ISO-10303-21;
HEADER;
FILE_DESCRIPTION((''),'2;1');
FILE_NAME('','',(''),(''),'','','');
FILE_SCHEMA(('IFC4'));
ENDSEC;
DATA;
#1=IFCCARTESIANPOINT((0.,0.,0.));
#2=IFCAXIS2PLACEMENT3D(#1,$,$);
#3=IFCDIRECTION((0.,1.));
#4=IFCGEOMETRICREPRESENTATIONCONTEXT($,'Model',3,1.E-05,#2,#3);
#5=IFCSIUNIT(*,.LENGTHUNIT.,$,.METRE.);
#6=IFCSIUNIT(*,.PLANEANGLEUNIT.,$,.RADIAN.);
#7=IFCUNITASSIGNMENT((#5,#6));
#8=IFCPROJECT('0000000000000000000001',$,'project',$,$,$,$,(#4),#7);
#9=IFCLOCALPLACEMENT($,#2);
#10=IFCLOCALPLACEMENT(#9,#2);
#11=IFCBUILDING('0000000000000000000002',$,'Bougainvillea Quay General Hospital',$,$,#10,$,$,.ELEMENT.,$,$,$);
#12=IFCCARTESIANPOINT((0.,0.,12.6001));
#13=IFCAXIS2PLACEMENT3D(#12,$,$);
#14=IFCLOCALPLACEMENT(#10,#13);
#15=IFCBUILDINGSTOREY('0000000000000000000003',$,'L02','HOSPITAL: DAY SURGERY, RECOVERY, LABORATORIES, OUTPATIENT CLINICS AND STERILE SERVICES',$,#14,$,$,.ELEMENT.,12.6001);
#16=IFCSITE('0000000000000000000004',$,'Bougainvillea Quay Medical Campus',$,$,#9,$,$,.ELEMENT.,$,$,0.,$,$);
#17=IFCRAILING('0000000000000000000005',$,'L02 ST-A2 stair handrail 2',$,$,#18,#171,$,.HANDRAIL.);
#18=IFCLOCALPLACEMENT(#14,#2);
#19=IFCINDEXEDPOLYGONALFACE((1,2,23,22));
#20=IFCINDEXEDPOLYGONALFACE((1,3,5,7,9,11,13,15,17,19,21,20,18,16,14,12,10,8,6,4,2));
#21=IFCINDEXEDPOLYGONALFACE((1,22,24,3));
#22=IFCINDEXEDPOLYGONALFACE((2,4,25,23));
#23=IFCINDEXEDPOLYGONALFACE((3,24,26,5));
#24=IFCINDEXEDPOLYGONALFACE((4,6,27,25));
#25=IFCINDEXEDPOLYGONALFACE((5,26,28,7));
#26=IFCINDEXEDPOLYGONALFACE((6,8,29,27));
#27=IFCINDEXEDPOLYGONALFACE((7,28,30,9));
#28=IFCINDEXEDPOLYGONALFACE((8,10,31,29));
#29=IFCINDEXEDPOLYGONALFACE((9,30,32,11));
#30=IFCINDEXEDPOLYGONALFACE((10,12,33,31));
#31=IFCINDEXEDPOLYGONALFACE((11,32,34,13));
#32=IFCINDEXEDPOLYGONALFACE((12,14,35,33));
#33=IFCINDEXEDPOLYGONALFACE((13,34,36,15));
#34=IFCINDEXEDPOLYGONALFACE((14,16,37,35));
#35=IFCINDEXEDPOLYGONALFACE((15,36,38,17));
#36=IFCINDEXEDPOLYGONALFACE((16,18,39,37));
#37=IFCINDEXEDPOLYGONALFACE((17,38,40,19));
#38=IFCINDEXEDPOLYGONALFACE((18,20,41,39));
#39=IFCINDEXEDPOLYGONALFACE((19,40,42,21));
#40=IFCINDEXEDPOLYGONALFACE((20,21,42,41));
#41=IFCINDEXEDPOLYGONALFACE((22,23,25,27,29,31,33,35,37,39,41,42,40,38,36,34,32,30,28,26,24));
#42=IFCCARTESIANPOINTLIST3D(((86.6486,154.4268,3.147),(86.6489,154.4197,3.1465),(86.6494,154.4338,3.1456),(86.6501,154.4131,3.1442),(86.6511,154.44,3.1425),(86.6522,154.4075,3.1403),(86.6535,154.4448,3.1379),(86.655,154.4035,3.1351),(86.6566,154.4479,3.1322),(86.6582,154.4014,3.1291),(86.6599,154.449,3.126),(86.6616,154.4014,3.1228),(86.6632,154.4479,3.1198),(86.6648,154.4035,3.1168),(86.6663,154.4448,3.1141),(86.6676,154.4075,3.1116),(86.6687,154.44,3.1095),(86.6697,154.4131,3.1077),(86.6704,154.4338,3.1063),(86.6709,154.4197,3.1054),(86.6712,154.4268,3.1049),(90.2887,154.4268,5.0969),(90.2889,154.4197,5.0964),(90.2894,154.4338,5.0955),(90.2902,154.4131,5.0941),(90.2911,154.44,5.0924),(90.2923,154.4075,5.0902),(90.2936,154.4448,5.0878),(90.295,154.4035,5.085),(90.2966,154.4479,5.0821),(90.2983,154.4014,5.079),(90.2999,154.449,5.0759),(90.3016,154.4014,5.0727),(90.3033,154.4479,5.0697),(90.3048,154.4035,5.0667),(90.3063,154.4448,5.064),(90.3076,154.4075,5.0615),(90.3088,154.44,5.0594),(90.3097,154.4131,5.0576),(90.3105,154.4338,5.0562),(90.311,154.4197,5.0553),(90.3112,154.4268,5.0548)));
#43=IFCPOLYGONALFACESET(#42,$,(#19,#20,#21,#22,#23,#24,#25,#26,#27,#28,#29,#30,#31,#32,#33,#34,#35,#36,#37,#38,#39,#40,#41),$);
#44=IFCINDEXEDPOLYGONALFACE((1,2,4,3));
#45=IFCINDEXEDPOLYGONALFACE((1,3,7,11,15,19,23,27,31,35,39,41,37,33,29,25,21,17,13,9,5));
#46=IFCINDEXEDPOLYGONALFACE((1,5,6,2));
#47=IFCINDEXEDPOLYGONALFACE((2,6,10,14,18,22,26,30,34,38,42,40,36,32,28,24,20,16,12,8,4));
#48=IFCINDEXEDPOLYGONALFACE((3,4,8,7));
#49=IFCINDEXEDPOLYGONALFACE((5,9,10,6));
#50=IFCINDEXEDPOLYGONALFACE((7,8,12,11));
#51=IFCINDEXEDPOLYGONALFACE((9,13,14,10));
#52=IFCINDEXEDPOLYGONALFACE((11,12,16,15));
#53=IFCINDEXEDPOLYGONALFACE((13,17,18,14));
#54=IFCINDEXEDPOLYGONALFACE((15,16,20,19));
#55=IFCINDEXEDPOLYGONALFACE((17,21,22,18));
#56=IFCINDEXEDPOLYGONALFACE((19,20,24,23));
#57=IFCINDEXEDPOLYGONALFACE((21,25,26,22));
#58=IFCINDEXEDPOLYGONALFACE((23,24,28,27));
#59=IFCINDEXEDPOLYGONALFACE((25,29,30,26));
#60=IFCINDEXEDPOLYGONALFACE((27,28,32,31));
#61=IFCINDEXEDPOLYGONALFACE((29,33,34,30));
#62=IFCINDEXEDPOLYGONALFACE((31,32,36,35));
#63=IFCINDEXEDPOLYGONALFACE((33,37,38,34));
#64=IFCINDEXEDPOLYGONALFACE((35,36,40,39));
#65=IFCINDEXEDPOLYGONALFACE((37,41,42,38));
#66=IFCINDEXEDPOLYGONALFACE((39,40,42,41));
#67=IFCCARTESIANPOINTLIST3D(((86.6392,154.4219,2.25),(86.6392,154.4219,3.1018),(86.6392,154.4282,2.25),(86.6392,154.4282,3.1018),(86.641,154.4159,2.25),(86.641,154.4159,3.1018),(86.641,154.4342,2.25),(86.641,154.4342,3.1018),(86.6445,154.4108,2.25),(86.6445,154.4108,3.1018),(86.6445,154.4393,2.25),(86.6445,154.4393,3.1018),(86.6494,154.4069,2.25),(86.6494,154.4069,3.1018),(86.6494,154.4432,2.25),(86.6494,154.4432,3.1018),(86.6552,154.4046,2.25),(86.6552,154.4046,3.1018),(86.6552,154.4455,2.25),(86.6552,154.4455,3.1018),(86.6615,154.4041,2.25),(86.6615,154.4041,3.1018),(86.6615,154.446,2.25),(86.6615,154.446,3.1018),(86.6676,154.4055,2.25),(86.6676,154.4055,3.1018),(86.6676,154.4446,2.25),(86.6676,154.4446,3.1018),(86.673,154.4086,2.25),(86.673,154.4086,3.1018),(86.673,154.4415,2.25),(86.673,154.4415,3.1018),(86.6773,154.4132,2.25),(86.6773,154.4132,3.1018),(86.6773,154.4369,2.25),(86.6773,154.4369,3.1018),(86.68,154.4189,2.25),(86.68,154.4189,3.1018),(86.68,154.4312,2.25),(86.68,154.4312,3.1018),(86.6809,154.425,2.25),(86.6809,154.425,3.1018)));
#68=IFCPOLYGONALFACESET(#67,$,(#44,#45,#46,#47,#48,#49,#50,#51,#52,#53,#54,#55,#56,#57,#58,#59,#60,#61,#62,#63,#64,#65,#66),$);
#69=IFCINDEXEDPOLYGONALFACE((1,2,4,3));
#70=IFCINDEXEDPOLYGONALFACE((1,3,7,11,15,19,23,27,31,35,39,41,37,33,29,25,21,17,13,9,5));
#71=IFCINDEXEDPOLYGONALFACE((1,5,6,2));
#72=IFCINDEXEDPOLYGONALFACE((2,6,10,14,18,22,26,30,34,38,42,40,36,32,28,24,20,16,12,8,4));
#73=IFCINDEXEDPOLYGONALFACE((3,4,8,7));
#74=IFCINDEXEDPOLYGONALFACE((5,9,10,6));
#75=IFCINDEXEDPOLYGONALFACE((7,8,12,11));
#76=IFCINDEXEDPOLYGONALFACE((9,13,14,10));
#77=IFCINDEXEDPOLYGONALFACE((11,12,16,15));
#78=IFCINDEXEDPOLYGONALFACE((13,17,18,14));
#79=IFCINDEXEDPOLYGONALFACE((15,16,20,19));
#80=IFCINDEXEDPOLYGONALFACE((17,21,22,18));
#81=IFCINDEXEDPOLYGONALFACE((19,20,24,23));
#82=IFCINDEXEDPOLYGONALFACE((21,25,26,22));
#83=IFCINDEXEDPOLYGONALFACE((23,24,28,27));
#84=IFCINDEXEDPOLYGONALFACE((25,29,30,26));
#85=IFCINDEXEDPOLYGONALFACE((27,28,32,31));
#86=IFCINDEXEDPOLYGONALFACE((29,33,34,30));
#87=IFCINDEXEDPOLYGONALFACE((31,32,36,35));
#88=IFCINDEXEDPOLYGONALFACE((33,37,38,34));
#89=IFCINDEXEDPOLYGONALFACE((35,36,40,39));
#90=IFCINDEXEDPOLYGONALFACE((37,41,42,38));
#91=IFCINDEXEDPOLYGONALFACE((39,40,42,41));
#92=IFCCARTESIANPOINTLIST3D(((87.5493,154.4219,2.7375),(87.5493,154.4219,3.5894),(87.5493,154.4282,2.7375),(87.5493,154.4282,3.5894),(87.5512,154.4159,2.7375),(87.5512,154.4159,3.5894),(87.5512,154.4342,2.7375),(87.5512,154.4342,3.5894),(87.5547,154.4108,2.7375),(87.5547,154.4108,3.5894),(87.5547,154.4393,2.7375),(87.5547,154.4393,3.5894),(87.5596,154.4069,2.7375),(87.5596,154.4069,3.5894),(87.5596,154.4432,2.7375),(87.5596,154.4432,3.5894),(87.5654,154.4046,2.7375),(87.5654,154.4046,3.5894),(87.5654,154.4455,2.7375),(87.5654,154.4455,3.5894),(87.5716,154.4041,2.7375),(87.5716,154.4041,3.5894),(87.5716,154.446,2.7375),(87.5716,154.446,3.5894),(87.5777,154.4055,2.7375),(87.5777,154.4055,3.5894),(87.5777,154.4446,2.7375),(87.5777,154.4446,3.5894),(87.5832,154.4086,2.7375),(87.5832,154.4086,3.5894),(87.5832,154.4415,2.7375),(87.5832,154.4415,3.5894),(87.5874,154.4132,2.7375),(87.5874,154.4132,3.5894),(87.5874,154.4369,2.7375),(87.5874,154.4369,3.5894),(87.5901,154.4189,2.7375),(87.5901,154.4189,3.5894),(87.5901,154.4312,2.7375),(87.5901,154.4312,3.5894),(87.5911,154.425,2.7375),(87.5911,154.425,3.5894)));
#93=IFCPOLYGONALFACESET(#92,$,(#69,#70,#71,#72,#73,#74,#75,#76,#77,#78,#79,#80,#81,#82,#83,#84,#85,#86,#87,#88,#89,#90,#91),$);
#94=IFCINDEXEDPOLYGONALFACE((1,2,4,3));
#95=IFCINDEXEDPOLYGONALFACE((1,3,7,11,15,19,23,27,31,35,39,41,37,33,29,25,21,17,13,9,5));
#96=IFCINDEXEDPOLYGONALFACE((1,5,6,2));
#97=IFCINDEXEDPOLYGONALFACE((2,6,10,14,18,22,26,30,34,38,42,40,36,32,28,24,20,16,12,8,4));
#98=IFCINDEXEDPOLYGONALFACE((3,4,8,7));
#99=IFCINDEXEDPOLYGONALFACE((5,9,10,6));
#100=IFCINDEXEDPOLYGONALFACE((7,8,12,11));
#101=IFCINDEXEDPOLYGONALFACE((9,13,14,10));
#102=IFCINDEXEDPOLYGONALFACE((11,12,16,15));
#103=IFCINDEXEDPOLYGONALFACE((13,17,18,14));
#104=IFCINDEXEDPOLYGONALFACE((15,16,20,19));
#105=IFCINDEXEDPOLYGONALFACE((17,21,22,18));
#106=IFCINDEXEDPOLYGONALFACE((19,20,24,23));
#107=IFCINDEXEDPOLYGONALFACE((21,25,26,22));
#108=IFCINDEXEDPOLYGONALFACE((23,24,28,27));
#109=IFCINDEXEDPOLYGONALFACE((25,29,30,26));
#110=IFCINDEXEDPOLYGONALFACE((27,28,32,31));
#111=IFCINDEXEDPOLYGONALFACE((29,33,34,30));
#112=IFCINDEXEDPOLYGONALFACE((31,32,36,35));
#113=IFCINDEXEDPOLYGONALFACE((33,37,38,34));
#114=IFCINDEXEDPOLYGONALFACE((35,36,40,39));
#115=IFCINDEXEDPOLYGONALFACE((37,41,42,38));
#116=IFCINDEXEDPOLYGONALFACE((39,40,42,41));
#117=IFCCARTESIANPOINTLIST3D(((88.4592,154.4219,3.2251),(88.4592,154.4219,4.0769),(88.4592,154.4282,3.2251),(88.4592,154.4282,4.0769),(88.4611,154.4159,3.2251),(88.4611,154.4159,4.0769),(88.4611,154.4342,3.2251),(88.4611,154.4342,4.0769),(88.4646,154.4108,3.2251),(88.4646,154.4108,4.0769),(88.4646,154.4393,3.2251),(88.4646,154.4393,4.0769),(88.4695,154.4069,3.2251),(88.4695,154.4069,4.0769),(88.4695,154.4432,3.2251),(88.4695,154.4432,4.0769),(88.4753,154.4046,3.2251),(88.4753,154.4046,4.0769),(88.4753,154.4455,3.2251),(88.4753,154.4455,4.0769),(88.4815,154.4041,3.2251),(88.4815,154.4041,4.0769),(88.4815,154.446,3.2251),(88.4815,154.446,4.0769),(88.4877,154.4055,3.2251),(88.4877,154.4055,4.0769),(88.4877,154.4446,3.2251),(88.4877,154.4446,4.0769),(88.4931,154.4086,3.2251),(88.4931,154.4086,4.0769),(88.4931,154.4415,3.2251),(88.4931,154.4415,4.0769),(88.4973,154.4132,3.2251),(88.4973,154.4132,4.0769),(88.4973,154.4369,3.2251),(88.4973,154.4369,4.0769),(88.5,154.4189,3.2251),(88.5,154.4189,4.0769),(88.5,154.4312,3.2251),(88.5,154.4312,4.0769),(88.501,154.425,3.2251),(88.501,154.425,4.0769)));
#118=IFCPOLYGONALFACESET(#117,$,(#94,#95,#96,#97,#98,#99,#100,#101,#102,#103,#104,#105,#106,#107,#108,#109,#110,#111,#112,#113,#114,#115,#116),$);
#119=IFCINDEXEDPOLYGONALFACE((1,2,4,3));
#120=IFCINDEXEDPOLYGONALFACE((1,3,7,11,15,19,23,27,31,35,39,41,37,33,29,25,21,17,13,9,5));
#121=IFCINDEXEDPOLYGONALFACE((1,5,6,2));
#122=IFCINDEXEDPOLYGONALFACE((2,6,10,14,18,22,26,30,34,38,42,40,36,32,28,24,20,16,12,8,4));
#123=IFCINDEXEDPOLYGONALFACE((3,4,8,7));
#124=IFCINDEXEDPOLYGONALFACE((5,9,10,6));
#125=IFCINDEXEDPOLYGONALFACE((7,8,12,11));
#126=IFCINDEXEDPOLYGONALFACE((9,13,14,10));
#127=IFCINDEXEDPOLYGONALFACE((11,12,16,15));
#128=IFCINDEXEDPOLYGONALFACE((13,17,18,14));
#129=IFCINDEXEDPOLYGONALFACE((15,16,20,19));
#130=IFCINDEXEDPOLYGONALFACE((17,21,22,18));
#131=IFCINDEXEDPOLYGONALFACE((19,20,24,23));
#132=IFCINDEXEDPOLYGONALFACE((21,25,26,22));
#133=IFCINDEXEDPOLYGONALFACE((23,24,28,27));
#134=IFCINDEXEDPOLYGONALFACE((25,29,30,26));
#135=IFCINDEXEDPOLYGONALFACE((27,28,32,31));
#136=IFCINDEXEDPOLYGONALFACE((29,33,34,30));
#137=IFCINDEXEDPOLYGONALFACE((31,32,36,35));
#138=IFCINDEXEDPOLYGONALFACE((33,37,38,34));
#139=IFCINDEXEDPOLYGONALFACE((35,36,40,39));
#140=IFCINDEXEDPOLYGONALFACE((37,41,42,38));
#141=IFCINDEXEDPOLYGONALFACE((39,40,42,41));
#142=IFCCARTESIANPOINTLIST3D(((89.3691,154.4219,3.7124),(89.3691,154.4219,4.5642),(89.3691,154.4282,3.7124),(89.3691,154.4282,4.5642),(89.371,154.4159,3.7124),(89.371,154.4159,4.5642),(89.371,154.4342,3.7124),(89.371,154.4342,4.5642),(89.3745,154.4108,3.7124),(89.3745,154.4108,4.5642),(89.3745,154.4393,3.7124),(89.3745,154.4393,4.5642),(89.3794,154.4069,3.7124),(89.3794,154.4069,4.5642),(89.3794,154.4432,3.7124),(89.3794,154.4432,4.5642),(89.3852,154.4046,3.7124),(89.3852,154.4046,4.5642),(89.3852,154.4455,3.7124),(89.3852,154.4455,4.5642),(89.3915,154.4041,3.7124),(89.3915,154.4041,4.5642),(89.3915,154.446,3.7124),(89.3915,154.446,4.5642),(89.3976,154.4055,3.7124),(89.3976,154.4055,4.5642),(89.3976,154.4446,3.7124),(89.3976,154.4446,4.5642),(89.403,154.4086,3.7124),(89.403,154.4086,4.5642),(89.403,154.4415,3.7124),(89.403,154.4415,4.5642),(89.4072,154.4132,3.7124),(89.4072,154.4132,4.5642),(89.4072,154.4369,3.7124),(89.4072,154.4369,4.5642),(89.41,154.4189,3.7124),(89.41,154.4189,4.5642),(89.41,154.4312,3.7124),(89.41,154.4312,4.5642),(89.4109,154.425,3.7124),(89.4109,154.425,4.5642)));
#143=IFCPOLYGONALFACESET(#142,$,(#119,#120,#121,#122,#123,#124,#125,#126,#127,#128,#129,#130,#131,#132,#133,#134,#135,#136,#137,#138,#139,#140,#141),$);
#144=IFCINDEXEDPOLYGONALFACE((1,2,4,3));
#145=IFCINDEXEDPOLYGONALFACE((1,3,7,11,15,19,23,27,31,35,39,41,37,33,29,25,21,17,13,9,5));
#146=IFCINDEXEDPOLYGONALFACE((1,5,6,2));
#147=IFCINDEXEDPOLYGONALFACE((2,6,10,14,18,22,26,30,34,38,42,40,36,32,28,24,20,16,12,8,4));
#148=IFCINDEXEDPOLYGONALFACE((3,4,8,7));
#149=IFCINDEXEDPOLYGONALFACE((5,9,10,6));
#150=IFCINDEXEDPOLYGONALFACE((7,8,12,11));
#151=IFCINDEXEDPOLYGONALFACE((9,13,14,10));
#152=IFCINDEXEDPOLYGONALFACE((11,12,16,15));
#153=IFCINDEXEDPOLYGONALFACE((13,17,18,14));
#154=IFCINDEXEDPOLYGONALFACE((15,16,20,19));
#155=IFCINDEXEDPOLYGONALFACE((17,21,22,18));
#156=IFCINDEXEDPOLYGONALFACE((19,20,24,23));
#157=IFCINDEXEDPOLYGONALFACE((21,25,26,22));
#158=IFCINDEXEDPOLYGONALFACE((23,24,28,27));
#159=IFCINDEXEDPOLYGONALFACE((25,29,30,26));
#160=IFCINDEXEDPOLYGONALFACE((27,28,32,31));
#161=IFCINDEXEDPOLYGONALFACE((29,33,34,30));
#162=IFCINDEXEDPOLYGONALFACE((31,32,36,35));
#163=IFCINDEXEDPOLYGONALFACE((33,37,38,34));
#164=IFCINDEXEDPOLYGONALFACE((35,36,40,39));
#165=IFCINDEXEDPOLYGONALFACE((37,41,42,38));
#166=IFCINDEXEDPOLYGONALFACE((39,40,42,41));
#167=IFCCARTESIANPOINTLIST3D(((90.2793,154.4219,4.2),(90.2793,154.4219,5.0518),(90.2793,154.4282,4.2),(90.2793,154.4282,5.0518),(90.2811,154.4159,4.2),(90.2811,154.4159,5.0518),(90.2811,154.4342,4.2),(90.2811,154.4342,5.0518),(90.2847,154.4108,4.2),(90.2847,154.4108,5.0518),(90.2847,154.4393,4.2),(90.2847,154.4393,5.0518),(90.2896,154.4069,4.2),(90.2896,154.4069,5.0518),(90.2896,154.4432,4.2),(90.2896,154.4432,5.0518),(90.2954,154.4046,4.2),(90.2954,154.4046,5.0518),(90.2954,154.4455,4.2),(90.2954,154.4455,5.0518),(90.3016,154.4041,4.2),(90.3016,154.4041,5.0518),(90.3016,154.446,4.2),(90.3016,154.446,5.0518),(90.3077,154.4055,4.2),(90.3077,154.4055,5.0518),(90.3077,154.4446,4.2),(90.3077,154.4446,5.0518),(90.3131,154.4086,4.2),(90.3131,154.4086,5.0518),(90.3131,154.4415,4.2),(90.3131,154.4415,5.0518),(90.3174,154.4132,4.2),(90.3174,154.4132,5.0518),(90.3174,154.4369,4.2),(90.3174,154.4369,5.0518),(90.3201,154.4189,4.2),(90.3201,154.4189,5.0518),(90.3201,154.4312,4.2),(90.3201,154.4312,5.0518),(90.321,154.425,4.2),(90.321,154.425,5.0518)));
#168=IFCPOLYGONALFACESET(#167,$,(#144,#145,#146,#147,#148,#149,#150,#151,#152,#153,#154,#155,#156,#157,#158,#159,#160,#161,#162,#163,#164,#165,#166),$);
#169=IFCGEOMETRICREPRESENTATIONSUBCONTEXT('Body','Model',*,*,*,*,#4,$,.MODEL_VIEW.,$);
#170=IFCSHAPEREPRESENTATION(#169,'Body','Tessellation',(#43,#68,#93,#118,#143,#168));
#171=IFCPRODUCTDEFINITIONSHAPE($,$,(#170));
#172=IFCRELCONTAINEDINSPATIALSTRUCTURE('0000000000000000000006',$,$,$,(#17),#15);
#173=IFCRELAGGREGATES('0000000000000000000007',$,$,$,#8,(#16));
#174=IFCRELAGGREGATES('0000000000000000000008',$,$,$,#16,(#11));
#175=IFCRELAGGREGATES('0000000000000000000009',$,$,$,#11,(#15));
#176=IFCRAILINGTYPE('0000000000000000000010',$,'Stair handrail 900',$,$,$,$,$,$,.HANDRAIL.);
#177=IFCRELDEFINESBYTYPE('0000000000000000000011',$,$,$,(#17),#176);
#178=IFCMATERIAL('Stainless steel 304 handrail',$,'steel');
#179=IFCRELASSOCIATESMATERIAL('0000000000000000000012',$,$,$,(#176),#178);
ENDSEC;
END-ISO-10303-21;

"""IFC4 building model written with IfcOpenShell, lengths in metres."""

from ifc_helpers import new_model, si_unit, direction, frame, origin, origin_2d, place, context, subcontext, project, spatial, circle, extrude, material, type_object, element, save


model = new_model("IFC4")

# Units and contexts
model_context = context("Model", 3, precision=1e-05, world=origin(), true_north=direction((0.0, 1.0)))
body_context = subcontext(model_context, "Body", "Model", "MODEL_VIEW")
ifc_project = project(units=[si_unit("LENGTHUNIT", "METRE"), si_unit("PLANEANGLEUNIT", "RADIAN")], contexts=[model_context])

# Site, building, storey
site_placement = place(None, origin())
site = spatial("IfcSite", under=ifc_project, at=site_placement, Name="Bougainvillea Quay Medical Campus", CompositionType="ELEMENT", RefElevation=0.0)
building_placement = place(site_placement, origin())
building = spatial("IfcBuilding", under=site, at=building_placement, Name="Bougainvillea Quay General Hospital", CompositionType="ELEMENT")
storey_placement = place(building_placement, frame((0.0, 0.0, 12.6001)))
storey = spatial("IfcBuildingStorey", under=building, at=storey_placement, Name="L02", Description="HOSPITAL: DAY SURGERY, RECOVERY, LABORATORIES, OUTPATIENT CLINICS AND STERILE SERVICES", CompositionType="ELEMENT", Elevation=12.6001)

# Railing
ifc_material_1 = material(Name="Stainless steel 304 handrail", Category="steel")
railing_type_1 = type_object("IfcRailingType", Name="Stair handrail 900", PredefinedType="HANDRAIL", material=ifc_material_1)
railing_1_placement = place(storey_placement, frame((86.6599, 154.425, 2.25)))
element("IfcRailing", 1, at=railing_1_placement, inside=storey, type_object=railing_type_1, Name="L02 ST-A2 stair handrail 2", PredefinedType="HANDRAIL", context=body_context, shape_type="SweptSolid", body=[
    extrude(circle(Radius=0.0239, at=origin_2d()), frame((0.0, 0.0, 0.876), z_axis=(0.881492, 0.0, 0.472198), x_axis=(0.0, 1.0, 0.0)), (0.0, 0.0, 1.0), 4.1294),
    extrude(circle(Radius=0.021, at=origin_2d()), origin(), (0.0, 0.0, 1.0), 0.8518),
    extrude(circle(Radius=0.021, at=origin_2d()), frame((0.9102, 0.0, 0.4875)), (0.0, 0.0, 1.0), 0.8518),
    extrude(circle(Radius=0.021, at=origin_2d()), frame((1.8201, 0.0, 0.9751)), (0.0, 0.0, 1.0), 0.8518),
    extrude(circle(Radius=0.021, at=origin_2d()), frame((2.73, 0.0, 1.4624)), (0.0, 0.0, 1.0), 0.8518),
    extrude(circle(Radius=0.021, at=origin_2d()), frame((3.6401, 0.0, 1.95)), (0.0, 0.0, 1.0), 0.8518),
])

save(model, "model.ifc")
